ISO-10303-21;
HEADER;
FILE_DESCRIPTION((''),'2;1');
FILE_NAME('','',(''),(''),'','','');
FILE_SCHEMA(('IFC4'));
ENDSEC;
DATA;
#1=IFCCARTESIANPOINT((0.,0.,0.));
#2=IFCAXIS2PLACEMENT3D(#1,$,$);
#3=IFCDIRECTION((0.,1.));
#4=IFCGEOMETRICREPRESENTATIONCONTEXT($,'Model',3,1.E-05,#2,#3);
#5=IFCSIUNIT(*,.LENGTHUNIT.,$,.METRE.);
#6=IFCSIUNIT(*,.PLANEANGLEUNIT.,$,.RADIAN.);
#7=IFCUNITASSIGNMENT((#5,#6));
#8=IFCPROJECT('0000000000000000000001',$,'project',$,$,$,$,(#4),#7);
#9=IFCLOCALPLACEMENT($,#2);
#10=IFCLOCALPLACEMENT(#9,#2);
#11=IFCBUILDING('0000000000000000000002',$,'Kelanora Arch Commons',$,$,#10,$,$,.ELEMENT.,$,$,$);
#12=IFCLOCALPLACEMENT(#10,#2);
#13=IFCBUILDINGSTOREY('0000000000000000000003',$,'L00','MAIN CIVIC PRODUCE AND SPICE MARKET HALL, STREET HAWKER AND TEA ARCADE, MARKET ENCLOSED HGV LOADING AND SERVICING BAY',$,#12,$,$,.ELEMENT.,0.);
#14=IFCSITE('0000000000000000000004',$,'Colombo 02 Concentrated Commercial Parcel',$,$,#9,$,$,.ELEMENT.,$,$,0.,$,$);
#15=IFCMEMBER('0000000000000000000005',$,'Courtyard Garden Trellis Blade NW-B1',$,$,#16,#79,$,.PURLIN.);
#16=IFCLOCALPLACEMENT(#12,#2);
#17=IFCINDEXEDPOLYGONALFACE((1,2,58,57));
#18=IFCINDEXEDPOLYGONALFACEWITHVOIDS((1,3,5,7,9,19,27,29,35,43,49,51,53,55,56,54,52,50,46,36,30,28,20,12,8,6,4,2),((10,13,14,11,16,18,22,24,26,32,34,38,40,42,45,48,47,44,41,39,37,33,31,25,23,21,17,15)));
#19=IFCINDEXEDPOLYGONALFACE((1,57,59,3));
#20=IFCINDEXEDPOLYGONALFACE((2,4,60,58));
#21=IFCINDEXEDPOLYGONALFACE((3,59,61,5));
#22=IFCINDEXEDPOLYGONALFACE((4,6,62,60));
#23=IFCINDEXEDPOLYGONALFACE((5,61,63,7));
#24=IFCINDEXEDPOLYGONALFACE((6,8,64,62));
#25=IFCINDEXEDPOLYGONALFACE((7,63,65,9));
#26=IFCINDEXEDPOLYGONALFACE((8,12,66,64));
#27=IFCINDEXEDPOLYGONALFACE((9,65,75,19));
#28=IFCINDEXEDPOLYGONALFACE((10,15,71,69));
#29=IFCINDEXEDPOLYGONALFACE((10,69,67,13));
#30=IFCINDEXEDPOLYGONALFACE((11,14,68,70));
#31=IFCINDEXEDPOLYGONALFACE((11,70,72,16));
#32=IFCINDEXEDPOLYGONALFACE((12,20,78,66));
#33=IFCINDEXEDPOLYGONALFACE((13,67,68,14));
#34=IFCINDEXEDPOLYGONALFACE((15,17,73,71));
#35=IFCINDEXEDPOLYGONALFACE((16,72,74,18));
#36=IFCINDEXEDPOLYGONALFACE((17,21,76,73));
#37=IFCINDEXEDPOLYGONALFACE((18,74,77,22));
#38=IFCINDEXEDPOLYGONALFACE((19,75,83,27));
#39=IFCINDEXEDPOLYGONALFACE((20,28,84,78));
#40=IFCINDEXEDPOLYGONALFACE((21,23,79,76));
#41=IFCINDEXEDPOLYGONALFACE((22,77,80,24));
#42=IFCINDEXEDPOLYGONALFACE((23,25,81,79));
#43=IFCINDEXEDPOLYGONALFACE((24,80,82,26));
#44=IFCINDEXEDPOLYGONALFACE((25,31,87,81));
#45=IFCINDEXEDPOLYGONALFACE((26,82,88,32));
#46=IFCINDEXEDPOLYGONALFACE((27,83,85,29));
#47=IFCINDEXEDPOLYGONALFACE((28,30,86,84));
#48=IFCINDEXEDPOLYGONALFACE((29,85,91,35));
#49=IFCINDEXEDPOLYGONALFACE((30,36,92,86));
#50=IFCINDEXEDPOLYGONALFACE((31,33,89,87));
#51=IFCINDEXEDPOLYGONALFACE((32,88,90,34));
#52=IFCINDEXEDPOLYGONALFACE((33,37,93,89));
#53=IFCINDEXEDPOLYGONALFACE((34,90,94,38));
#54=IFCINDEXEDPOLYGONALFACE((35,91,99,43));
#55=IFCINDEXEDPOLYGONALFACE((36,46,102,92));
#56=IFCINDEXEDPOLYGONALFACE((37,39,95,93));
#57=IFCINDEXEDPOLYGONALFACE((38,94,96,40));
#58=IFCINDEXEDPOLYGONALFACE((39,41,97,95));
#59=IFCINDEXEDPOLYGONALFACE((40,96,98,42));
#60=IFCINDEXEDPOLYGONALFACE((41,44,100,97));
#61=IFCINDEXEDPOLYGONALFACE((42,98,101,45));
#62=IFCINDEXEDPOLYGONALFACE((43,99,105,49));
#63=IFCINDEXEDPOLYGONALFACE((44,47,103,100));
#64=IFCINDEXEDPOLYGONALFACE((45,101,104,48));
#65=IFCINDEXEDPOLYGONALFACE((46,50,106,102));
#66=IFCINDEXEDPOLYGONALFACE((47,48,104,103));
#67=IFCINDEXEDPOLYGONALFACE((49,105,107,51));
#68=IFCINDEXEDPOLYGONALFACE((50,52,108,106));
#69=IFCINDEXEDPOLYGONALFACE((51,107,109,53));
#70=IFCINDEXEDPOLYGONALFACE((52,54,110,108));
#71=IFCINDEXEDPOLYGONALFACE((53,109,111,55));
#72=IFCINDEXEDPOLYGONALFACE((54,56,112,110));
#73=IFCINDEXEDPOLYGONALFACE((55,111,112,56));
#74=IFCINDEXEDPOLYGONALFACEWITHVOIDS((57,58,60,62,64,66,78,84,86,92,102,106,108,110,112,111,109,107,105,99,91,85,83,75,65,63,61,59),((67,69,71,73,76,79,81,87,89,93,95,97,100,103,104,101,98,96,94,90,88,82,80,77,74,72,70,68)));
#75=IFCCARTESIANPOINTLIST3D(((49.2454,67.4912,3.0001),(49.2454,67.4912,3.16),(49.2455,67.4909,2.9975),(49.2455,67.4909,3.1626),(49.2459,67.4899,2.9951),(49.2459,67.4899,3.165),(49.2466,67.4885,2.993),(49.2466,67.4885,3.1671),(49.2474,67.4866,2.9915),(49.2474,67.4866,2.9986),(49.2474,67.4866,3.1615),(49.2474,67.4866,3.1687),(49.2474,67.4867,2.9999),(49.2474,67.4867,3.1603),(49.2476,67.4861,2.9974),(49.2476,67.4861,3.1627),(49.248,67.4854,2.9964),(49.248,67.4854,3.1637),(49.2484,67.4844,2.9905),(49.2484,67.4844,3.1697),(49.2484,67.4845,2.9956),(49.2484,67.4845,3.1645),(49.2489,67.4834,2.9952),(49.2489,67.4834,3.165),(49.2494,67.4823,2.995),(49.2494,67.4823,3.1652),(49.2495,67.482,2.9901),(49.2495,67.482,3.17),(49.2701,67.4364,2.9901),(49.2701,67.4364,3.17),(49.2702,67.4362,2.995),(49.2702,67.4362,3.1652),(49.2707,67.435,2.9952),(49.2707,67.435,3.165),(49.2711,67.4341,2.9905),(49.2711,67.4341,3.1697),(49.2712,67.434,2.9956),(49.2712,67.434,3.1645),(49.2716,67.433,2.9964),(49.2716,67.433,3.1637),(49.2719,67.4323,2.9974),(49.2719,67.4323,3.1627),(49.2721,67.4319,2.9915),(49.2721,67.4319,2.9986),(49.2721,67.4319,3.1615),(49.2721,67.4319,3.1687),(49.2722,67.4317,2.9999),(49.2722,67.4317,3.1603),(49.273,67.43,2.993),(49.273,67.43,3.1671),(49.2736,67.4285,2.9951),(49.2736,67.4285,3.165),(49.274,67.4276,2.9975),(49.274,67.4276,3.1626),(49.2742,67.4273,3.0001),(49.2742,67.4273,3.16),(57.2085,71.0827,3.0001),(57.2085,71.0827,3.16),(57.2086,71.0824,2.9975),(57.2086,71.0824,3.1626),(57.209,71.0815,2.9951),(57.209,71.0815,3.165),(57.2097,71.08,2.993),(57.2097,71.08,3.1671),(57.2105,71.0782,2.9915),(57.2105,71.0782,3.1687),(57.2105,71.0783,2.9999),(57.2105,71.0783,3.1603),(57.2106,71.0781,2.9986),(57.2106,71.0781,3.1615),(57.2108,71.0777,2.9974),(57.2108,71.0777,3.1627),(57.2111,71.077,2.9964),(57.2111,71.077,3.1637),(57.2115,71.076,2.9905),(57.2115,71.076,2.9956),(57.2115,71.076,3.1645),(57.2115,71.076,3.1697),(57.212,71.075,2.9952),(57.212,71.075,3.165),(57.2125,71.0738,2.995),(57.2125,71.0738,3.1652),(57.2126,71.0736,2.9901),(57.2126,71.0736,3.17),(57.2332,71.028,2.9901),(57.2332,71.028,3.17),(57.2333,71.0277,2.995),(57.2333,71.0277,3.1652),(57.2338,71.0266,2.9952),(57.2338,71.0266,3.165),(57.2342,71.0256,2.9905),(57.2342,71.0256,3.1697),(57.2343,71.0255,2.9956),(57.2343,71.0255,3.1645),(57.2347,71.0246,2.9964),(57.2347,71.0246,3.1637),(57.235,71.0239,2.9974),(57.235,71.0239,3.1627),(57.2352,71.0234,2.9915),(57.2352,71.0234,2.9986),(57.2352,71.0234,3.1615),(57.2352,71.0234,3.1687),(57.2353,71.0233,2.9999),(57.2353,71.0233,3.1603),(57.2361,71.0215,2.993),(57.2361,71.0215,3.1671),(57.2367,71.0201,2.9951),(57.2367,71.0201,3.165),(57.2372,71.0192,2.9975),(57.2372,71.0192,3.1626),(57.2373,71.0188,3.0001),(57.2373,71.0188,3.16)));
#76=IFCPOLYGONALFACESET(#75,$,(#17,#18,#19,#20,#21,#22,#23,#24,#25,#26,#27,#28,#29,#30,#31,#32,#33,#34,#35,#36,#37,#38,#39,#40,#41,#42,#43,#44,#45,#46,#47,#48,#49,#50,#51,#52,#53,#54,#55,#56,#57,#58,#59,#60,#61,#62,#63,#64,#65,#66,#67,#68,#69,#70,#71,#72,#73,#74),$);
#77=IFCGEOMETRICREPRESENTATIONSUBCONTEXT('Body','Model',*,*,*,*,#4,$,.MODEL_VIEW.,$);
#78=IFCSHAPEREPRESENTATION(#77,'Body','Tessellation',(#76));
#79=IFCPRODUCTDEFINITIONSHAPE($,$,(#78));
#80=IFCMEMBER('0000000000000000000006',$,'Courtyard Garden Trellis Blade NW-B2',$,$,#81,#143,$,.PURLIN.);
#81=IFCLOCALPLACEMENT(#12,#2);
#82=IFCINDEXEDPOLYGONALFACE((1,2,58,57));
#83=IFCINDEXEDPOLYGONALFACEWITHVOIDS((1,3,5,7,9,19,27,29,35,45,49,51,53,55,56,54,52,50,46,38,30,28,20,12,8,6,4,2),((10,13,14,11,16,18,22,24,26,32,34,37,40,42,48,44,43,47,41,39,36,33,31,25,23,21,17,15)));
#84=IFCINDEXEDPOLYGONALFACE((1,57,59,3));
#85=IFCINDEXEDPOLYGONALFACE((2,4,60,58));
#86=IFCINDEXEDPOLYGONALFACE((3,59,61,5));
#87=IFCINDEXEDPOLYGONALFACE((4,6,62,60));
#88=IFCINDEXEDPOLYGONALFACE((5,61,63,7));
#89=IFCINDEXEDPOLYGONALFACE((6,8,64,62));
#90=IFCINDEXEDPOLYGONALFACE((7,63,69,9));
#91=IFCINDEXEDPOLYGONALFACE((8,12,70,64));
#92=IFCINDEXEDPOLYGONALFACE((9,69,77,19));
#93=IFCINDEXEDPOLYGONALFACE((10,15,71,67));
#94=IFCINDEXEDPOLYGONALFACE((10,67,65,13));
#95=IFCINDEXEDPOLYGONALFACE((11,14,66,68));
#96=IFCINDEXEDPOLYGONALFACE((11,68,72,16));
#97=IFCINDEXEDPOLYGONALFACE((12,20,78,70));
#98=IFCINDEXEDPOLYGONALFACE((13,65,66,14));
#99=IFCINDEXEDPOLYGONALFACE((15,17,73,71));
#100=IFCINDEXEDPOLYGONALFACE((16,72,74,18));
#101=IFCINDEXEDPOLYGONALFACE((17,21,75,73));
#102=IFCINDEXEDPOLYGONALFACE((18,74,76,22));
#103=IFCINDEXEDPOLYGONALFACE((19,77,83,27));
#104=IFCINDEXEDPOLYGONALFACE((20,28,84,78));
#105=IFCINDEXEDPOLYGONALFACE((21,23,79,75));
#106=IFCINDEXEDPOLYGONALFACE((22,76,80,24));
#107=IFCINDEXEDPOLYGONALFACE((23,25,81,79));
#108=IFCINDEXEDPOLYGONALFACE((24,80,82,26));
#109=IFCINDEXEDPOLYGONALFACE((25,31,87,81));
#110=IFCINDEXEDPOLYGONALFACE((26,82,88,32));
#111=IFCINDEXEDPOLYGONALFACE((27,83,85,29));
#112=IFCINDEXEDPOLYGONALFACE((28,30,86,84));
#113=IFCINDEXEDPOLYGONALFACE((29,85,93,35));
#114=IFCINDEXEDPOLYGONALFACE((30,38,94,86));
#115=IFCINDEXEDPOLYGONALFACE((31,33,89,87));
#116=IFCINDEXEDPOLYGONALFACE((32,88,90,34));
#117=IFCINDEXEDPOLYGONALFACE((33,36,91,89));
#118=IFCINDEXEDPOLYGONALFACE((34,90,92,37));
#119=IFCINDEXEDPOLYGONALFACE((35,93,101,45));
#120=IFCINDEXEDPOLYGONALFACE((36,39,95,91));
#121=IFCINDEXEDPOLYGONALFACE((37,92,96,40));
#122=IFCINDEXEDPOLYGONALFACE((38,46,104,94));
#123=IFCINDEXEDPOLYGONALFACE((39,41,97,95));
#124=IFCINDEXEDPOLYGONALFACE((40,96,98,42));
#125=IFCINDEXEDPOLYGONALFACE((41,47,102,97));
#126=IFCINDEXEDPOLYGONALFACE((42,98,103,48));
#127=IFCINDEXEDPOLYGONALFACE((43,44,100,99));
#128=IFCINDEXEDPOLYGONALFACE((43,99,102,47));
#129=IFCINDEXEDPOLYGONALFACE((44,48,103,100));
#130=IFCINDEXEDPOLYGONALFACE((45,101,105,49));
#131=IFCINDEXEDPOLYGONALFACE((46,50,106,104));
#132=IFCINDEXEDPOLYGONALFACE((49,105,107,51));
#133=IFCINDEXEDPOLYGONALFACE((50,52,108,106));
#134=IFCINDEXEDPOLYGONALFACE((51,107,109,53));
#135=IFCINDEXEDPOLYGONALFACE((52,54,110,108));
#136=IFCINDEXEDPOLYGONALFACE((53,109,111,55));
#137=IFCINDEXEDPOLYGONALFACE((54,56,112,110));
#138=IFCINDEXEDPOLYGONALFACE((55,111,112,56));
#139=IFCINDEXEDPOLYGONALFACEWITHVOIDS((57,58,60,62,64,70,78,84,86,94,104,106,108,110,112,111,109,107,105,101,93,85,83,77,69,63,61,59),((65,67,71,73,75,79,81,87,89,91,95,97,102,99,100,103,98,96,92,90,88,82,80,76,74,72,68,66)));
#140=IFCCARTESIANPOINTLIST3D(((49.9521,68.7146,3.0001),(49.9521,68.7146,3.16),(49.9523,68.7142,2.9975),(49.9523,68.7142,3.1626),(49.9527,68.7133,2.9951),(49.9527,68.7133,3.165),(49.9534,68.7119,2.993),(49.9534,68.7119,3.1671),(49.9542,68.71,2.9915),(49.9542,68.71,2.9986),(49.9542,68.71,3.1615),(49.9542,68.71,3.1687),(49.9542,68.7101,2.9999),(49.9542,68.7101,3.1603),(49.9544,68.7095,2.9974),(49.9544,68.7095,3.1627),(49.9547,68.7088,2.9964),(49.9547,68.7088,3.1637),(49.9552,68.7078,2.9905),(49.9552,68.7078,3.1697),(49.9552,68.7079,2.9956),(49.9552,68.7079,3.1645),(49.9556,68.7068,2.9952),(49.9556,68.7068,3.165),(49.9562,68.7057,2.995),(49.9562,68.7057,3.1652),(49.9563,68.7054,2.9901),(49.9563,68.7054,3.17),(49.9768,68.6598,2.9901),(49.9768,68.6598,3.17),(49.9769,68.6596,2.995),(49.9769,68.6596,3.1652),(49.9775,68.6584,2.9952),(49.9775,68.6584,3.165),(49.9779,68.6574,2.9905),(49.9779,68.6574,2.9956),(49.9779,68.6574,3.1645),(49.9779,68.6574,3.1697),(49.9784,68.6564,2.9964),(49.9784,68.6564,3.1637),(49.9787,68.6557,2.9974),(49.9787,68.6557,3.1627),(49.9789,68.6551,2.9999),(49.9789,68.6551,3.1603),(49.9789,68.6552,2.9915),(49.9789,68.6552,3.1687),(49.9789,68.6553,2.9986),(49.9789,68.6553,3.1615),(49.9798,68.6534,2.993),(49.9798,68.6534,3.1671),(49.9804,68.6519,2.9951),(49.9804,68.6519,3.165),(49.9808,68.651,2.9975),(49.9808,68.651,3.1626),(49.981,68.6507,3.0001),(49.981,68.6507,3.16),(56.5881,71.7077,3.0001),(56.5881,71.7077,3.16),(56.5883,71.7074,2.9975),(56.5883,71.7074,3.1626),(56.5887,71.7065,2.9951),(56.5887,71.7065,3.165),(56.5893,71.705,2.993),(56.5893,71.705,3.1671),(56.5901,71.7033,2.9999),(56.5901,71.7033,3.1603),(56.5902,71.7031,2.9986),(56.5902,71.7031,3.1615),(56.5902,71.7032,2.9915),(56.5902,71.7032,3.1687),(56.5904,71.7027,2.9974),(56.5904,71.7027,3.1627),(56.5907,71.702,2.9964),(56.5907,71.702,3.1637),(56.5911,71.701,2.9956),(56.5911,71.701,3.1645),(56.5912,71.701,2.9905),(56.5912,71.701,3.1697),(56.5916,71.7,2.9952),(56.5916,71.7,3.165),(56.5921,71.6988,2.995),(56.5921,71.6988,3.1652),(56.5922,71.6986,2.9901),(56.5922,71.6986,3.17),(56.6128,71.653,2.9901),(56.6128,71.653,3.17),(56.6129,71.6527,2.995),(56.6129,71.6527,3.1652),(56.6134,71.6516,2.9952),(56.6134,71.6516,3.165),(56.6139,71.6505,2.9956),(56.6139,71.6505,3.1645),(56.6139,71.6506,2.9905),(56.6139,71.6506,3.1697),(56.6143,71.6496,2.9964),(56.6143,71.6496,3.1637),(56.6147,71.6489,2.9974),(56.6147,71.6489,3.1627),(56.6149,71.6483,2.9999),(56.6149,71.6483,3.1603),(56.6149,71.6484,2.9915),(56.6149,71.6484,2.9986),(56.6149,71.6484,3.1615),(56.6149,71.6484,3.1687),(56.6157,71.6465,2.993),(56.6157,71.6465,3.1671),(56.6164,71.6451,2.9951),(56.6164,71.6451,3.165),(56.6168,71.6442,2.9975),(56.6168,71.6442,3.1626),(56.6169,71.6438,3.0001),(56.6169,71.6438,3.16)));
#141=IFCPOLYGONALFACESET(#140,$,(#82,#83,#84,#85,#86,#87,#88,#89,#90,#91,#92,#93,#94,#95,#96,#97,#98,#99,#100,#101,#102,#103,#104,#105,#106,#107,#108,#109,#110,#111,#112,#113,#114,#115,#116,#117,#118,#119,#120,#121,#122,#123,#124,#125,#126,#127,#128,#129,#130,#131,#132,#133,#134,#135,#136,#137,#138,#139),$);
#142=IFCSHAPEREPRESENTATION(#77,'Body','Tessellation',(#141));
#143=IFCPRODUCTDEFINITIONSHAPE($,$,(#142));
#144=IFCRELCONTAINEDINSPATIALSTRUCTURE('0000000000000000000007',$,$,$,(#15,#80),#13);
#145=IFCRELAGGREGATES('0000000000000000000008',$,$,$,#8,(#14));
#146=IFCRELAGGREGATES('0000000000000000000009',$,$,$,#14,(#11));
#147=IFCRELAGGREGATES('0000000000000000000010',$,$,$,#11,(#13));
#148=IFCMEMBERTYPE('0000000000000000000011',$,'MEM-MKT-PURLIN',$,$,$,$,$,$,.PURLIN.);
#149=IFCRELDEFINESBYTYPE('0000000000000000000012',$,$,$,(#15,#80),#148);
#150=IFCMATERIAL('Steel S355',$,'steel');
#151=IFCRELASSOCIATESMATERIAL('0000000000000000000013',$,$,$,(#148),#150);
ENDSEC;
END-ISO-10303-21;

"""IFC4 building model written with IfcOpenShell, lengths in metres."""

from ifc_helpers import new_model, si_unit, direction, frame, origin, origin_2d, place, context, subcontext, project, spatial, hollow_rectangle, extrude, material, material_profile, profile_set, type_object, element, save


model = new_model("IFC4")

# Units and contexts
model_context = context("Model", 3, precision=1e-05, world=origin(), true_north=direction((0.0, 1.0)))
body_context = subcontext(model_context, "Body", "Model", "MODEL_VIEW")
ifc_project = project(units=[si_unit("LENGTHUNIT", "METRE"), si_unit("PLANEANGLEUNIT", "RADIAN")], contexts=[model_context])

# Site, building, storey
site_placement = place(None, origin())
site = spatial("IfcSite", under=ifc_project, at=site_placement, Name="Colombo 02 Concentrated Commercial Parcel", CompositionType="ELEMENT", RefElevation=0.0)
building_placement = place(site_placement, origin())
building = spatial("IfcBuilding", under=site, at=building_placement, Name="Kelanora Arch Commons", CompositionType="ELEMENT")
storey_placement = place(building_placement, origin())
storey = spatial("IfcBuildingStorey", under=building, at=storey_placement, Name="L00", Description="MAIN CIVIC PRODUCE AND SPICE MARKET HALL, STREET HAWKER AND TEA ARCADE, MARKET ENCLOSED HGV LOADING AND SERVICING BAY", CompositionType="ELEMENT", Elevation=0.0)

# Shared definitions
ifc_material_1 = material(Name="Steel S355", Category="steel")

# Members
ifc_material_profile_1 = material_profile(ifc_material_1, hollow_rectangle(XDim=0.0701, YDim=0.1799, WallThickness=0.0049, InnerFilletRadius=0.0049, OuterFilletRadius=0.01, at=origin_2d()), Name="RHS180x70x5")
ifc_profile_set_1 = profile_set([ifc_material_profile_1], Name="Steel S355")
member_type_1 = type_object("IfcMemberType", Name="MEM-MKT-PURLIN", PredefinedType="PURLIN", material=ifc_profile_set_1)
member_1_placement = place(storey_placement, frame((49.2598, 67.4592, 3.0801), z_axis=(0.911572, 0.41114, 0.0), x_axis=(-0.41114, 0.911572, 0.0)))
element("IfcMember", 1, at=member_1_placement, inside=storey, type_object=member_type_1, Name="Courtyard Garden Trellis Blade NW-B1", PredefinedType="PURLIN", context=body_context, shape_type="SweptSolid", body=[
    extrude(hollow_rectangle(XDim=0.0701, YDim=0.1799, WallThickness=0.0049, InnerFilletRadius=0.0049, OuterFilletRadius=0.01, at=origin_2d()), origin(), (0.0, 0.0, 1.0), 8.7356),
])
member_2_placement = place(storey_placement, frame((49.9666, 68.6826, 3.0801), z_axis=(0.911563, 0.411161, 0.0), x_axis=(-0.411161, 0.911563, 0.0)))
element("IfcMember", 2, at=member_2_placement, inside=storey, type_object=member_type_1, Name="Courtyard Garden Trellis Blade NW-B2", PredefinedType="PURLIN", context=body_context, shape_type="SweptSolid", body=[
    extrude(hollow_rectangle(XDim=0.0701, YDim=0.1799, WallThickness=0.0049, InnerFilletRadius=0.0049, OuterFilletRadius=0.01, at=origin_2d()), origin(), (0.0, 0.0, 1.0), 7.2798),
])

save(model, "model.ifc")
